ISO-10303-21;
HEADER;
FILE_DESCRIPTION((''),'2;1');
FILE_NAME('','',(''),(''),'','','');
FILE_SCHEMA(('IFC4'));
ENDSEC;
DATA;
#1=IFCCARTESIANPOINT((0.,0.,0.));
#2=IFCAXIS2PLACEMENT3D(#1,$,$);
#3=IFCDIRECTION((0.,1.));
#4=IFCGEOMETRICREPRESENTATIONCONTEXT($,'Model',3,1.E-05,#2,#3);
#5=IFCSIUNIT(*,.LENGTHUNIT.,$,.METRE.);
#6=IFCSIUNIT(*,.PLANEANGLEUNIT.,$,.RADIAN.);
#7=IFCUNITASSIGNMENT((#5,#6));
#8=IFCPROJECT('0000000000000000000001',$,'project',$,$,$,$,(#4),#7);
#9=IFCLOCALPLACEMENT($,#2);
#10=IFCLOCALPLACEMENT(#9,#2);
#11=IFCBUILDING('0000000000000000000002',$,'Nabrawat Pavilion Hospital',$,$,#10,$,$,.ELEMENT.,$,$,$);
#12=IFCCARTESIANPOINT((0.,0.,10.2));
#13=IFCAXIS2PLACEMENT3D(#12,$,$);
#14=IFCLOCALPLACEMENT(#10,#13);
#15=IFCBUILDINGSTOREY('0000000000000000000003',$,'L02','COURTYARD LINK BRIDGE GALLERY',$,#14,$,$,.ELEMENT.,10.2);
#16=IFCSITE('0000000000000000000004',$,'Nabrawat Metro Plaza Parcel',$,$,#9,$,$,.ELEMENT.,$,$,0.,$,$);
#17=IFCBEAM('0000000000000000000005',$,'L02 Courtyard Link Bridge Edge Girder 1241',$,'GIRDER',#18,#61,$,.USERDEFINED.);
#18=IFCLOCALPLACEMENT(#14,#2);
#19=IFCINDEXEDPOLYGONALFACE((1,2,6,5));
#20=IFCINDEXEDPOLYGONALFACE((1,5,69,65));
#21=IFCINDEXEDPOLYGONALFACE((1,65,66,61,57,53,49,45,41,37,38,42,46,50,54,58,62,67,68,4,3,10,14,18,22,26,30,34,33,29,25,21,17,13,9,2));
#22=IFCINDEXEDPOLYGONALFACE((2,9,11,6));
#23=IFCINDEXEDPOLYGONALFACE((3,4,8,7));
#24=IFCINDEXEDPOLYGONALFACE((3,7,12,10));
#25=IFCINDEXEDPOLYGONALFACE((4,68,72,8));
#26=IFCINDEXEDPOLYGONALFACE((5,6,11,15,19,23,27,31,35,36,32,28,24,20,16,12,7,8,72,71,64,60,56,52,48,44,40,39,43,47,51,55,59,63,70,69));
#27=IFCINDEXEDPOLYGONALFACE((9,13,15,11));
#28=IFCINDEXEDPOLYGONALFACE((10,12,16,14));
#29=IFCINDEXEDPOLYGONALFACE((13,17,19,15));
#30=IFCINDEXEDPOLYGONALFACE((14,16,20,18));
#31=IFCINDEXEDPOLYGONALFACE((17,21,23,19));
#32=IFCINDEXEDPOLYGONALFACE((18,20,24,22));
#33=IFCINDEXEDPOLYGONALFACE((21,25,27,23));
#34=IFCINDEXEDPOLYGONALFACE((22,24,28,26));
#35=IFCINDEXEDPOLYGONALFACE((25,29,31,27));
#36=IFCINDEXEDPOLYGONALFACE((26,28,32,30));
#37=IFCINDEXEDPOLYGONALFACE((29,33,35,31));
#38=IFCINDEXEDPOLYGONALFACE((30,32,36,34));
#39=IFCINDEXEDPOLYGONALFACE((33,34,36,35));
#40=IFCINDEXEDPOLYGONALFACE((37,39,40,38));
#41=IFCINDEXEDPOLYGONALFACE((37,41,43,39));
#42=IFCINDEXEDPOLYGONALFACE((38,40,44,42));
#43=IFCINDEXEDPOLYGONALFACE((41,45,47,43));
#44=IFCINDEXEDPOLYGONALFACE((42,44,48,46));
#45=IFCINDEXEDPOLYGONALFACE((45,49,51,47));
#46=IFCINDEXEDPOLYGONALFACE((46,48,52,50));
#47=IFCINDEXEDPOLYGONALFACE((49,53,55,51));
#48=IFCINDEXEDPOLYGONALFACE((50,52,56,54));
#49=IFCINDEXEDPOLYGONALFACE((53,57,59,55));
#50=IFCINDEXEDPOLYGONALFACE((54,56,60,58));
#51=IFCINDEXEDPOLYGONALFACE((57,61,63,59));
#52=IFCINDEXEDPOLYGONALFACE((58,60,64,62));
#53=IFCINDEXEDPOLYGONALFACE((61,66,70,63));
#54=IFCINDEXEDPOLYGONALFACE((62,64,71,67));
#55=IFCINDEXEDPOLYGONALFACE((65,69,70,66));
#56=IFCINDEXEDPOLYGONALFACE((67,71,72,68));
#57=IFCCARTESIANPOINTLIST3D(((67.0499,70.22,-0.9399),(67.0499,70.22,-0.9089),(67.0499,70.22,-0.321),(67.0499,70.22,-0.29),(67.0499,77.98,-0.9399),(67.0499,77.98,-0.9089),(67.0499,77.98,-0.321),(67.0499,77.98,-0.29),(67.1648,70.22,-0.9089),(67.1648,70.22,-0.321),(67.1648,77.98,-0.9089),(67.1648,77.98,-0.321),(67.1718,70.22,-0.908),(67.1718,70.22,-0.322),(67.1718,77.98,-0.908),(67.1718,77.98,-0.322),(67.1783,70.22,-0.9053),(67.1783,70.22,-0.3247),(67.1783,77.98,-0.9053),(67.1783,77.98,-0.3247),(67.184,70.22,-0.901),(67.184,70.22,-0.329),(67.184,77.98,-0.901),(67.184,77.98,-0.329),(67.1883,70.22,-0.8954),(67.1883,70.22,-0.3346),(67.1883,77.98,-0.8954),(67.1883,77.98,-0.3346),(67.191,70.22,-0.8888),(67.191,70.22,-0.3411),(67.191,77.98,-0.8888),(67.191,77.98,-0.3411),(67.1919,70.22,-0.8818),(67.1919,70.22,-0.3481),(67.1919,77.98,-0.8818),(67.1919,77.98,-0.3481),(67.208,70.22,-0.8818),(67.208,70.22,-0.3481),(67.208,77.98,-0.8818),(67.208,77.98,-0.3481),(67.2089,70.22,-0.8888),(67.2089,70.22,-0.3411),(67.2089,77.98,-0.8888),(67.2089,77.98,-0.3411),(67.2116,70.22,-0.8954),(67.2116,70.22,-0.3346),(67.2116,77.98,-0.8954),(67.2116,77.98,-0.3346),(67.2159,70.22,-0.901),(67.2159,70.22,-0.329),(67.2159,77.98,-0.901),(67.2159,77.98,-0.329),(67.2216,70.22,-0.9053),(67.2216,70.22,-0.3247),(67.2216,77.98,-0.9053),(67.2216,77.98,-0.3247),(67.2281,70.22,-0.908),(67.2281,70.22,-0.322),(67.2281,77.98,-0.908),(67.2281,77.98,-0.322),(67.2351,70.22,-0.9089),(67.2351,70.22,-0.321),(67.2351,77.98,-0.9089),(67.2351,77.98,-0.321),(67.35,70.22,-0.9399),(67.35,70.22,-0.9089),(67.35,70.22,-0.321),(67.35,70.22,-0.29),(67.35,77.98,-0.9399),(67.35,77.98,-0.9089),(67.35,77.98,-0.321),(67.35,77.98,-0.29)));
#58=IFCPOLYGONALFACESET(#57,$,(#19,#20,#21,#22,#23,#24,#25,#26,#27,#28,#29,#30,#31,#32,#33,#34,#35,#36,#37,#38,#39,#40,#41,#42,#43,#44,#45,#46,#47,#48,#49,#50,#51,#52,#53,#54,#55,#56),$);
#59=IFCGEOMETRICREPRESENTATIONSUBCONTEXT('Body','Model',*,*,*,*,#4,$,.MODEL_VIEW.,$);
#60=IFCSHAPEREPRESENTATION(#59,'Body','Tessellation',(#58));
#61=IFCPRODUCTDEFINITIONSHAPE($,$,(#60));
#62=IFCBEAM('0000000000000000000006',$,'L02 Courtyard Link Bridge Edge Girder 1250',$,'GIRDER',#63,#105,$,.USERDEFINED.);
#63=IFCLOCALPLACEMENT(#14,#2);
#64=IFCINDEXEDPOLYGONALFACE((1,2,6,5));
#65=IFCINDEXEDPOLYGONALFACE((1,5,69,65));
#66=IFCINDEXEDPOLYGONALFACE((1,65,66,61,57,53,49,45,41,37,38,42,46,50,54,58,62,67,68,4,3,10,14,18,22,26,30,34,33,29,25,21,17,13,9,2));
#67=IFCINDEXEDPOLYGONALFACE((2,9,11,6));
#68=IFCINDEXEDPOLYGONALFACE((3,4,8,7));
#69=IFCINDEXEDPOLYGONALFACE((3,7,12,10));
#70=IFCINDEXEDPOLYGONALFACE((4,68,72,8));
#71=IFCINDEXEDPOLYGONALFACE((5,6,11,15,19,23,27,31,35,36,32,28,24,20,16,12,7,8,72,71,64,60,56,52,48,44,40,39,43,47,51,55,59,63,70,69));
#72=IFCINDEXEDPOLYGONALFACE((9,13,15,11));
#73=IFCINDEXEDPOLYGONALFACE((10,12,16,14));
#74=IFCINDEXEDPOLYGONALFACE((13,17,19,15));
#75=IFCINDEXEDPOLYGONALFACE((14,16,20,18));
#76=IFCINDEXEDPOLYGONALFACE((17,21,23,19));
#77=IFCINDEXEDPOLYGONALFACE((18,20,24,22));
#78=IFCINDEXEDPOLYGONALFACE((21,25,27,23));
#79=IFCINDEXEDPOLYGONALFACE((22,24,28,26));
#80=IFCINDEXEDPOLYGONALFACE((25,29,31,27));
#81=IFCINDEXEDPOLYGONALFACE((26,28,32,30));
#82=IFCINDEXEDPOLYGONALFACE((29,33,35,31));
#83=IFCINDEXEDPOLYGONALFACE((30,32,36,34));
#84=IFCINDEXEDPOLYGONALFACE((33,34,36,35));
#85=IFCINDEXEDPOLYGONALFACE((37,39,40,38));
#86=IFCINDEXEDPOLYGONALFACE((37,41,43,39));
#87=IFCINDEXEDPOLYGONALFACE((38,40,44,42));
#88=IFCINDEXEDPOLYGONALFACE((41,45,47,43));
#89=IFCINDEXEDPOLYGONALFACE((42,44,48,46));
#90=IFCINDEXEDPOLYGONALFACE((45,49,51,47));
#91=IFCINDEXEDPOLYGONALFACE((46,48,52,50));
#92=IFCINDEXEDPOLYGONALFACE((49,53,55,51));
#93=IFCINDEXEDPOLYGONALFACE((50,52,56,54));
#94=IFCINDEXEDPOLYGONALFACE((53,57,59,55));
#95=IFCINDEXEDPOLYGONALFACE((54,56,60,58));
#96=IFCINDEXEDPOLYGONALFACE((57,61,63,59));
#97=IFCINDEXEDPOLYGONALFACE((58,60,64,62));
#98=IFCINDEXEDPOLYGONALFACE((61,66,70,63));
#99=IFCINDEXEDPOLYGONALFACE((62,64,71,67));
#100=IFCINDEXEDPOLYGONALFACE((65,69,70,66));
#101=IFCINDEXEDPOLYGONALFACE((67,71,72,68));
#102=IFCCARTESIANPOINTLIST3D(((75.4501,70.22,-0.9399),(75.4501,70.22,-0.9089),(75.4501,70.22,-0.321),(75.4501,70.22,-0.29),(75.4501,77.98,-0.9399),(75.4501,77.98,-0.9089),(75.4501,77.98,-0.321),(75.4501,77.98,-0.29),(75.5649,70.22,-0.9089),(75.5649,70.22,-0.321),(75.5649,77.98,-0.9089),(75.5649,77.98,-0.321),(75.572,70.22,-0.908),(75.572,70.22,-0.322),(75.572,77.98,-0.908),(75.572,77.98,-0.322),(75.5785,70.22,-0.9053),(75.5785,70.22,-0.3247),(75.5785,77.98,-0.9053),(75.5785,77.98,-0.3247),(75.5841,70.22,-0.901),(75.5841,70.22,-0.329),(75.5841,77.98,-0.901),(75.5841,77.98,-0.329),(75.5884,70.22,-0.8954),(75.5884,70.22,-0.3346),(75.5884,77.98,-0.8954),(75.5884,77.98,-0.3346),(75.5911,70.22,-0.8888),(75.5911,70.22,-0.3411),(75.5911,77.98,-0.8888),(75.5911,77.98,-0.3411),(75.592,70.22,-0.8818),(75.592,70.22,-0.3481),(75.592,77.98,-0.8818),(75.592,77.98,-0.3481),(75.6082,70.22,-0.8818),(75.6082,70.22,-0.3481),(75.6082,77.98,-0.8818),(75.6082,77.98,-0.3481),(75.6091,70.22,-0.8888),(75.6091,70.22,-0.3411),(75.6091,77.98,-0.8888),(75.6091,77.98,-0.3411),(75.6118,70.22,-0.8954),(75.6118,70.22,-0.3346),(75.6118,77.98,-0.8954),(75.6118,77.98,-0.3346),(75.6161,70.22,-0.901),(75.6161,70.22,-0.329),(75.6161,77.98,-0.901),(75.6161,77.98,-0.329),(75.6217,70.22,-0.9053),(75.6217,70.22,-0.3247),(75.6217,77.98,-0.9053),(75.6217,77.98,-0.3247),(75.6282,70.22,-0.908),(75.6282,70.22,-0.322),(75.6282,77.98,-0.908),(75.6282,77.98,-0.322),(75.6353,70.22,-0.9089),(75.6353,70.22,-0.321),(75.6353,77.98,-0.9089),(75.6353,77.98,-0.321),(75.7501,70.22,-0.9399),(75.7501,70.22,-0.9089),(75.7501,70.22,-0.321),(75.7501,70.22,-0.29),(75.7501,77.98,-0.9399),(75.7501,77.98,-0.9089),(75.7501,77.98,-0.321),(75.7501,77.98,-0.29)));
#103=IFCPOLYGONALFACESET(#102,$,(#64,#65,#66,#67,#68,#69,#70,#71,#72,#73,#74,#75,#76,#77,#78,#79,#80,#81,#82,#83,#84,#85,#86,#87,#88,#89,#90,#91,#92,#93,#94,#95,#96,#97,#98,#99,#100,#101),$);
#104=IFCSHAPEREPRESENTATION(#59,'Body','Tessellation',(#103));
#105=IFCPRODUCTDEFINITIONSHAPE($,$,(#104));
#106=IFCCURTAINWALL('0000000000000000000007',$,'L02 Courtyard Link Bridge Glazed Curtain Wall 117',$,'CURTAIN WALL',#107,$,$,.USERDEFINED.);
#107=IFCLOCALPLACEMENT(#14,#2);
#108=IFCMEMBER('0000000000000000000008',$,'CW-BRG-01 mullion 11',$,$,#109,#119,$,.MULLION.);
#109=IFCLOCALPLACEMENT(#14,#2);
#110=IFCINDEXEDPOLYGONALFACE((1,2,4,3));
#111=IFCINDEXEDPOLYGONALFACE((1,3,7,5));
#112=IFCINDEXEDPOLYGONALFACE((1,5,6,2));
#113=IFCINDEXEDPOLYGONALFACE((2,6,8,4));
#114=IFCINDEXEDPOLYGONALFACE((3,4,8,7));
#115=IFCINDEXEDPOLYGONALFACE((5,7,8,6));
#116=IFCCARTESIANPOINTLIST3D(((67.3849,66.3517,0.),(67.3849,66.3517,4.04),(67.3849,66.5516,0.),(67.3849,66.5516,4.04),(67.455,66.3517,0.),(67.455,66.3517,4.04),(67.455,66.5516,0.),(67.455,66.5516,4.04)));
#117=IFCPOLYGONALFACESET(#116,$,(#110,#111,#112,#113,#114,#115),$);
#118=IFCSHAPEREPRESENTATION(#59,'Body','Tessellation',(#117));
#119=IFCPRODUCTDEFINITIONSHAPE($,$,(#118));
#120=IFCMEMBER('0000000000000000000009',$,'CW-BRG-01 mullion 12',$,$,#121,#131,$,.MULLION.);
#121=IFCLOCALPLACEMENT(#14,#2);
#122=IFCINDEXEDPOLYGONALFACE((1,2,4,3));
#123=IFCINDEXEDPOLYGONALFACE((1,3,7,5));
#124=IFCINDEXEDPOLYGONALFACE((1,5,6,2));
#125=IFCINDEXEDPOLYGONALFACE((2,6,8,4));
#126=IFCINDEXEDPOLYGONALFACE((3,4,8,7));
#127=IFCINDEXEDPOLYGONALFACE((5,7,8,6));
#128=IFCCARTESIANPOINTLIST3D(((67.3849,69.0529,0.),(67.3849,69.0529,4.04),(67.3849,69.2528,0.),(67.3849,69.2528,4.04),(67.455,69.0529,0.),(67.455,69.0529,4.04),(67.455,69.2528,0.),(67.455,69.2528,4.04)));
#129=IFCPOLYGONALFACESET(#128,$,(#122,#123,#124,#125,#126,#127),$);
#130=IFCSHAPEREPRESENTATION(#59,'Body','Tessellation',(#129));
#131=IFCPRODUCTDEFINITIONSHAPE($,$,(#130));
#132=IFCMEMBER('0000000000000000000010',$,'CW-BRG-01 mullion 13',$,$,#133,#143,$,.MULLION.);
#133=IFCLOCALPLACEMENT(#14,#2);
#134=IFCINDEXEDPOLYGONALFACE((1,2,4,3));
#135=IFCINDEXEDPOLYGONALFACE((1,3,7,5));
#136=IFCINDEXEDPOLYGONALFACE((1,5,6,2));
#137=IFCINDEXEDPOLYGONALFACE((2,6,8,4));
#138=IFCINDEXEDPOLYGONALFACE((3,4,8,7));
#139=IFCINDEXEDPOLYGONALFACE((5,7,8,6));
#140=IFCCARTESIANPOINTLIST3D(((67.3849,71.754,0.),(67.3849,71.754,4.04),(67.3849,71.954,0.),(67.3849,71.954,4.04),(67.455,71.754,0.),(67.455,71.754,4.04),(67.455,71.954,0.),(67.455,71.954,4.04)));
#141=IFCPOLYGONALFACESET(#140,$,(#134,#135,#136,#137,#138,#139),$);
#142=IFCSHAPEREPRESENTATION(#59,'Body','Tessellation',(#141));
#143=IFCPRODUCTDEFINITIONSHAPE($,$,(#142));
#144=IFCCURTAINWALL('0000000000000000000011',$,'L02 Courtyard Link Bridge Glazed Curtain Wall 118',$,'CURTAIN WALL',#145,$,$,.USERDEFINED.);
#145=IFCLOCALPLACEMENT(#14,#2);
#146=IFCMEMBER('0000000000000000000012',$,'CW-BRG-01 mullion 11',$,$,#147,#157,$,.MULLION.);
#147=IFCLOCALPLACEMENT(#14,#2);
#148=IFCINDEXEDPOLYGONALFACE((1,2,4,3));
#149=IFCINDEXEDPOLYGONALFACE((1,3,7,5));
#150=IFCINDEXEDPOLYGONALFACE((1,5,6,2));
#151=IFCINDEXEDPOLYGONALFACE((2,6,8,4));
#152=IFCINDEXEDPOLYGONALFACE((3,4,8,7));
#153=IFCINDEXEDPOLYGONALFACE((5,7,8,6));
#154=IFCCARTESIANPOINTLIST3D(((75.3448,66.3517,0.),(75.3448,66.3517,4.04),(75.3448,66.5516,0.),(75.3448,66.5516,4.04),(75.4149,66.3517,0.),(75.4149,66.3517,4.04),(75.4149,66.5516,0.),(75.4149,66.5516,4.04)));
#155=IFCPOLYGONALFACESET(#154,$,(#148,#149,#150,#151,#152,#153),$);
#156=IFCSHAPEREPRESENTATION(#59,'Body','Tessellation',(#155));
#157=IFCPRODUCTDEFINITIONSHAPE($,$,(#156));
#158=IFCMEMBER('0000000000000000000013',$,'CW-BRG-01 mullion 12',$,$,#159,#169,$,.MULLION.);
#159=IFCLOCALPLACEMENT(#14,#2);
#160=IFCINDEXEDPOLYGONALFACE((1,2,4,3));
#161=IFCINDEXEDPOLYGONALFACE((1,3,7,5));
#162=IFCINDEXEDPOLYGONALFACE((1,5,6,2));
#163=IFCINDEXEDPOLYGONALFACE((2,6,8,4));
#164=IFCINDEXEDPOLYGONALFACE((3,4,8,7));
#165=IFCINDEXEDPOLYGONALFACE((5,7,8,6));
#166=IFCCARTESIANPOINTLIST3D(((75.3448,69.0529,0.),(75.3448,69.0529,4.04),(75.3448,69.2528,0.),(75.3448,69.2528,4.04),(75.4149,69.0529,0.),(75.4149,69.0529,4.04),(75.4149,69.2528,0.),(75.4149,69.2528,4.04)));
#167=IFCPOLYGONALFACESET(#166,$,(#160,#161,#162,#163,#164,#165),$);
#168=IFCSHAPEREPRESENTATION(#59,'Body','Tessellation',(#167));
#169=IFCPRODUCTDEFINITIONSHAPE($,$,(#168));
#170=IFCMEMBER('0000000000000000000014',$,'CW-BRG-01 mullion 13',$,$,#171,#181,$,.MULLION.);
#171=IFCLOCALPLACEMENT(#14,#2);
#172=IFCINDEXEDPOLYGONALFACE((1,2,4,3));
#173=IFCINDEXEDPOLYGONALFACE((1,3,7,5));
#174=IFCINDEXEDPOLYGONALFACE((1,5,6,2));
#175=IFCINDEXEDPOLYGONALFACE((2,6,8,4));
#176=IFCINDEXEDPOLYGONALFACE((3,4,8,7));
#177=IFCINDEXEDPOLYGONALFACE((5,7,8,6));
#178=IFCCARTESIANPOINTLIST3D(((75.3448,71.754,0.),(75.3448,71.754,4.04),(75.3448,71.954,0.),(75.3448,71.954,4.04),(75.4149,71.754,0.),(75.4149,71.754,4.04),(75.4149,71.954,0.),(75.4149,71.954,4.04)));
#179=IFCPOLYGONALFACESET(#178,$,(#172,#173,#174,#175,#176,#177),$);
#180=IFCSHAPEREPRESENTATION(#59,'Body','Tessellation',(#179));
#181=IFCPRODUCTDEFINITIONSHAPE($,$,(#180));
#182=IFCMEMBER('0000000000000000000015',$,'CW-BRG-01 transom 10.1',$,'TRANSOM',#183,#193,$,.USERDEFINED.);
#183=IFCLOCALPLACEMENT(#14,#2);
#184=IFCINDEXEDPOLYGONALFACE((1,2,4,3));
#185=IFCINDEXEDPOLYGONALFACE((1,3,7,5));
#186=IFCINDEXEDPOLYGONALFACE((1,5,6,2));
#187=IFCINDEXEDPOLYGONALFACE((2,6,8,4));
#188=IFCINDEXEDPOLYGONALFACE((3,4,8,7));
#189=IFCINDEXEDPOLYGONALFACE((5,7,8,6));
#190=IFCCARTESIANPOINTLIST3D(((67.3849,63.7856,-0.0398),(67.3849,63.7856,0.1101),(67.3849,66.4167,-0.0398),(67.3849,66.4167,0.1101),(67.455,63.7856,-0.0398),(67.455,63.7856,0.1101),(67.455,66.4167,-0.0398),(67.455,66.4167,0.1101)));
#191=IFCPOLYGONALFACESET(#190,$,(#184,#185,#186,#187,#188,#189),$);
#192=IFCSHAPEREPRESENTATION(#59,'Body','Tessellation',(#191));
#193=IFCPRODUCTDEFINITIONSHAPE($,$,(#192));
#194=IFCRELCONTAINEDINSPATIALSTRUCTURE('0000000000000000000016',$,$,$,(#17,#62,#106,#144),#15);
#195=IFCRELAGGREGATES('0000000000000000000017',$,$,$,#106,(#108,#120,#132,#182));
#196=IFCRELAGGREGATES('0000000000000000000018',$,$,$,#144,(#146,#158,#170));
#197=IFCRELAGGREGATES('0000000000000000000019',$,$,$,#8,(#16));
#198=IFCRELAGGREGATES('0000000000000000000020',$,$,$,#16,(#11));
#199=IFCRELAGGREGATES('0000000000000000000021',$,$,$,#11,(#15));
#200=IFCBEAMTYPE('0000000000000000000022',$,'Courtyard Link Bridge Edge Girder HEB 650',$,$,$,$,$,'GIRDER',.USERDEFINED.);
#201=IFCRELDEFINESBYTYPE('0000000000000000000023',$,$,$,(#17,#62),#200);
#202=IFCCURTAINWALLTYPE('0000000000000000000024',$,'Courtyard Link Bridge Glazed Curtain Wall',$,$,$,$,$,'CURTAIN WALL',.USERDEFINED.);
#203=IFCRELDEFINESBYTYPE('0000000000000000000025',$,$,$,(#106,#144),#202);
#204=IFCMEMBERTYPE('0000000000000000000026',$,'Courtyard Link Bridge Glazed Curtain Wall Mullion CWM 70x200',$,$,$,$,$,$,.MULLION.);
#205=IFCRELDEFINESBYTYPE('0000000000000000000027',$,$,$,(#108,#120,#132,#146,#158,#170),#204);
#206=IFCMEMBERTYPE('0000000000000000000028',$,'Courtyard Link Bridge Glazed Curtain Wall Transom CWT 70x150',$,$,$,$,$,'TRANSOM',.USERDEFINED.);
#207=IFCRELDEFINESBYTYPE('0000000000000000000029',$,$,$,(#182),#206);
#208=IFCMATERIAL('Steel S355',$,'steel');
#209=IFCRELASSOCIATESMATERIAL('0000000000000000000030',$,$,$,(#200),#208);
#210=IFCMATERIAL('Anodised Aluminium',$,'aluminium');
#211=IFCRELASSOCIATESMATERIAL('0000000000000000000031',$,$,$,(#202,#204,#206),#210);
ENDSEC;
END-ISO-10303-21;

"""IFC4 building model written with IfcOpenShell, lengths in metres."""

from ifc_helpers import new_model, si_unit, direction, frame, origin, origin_2d, place, context, subcontext, project, spatial, rectangle, i_section, extrude, material, material_profile, profile_set, type_object, element, aggregate, save


model = new_model("IFC4")

# Units and contexts
model_context = context("Model", 3, precision=1e-05, world=origin(), true_north=direction((0.0, 1.0)))
body_context = subcontext(model_context, "Body", "Model", "MODEL_VIEW")
ifc_project = project(units=[si_unit("LENGTHUNIT", "METRE"), si_unit("PLANEANGLEUNIT", "RADIAN")], contexts=[model_context])

# Site, building, storey
site_placement = place(None, origin())
site = spatial("IfcSite", under=ifc_project, at=site_placement, Name="Nabrawat Metro Plaza Parcel", CompositionType="ELEMENT", RefElevation=0.0)
building_placement = place(site_placement, origin())
building = spatial("IfcBuilding", under=site, at=building_placement, Name="Nabrawat Pavilion Hospital", CompositionType="ELEMENT")
storey_placement = place(building_placement, frame((0.0, 0.0, 10.2)))
storey = spatial("IfcBuildingStorey", under=building, at=storey_placement, Name="L02", Description="COURTYARD LINK BRIDGE GALLERY", CompositionType="ELEMENT", Elevation=10.2)

# Beams
ifc_material_1 = material(Name="Steel S355", Category="steel")
ifc_material_profile_1 = material_profile(ifc_material_1, i_section(OverallWidth=0.3, OverallDepth=0.6499, WebThickness=0.0161, FlangeThickness=0.031, FilletRadius=0.0271, at=origin_2d()), Name="HEB 650")
ifc_profile_set_1 = profile_set([ifc_material_profile_1], Name="Steel S355")
beam_type_1 = type_object("IfcBeamType", Name="Courtyard Link Bridge Edge Girder HEB 650", ElementType="GIRDER", PredefinedType="USERDEFINED", material=ifc_profile_set_1)
for number, where, z_axis, x_axis, name in (
    (1, (67.2, 70.22, -0.615), (0.0, 1.0, 0.0), (-1.0, 0.0, 0.0), "L02 Courtyard Link Bridge Edge Girder 1241"),
    (2, (75.6001, 70.22, -0.615), (0.0, 1.0, 0.0), (-1.0, 0.0, 0.0), "L02 Courtyard Link Bridge Edge Girder 1250"),
):
    element("IfcBeam", number, at=place(storey_placement, frame(where, z_axis=z_axis, x_axis=x_axis)), inside=storey, type_object=beam_type_1, Name=name, ObjectType="GIRDER", PredefinedType="USERDEFINED", context=body_context, shape_type="SweptSolid", body=[
        extrude(i_section(OverallWidth=0.3, OverallDepth=0.6499, WebThickness=0.0161, FlangeThickness=0.031, FilletRadius=0.0271, at=origin_2d()), origin(), (0.0, 0.0, 1.0), 7.76),
    ])

# Curtain walls, members
ifc_material_2 = material(Name="Anodised Aluminium", Category="aluminium")
curtain_wall_type = type_object("IfcCurtainWallType", Name="Courtyard Link Bridge Glazed Curtain Wall", ElementType="CURTAIN WALL", PredefinedType="USERDEFINED", material=ifc_material_2)
curtain_wall_1_placement = place(storey_placement, origin())
curtain_wall_1 = element("IfcCurtainWall", 3, at=curtain_wall_1_placement, inside=storey, type_object=curtain_wall_type, Name="L02 Courtyard Link Bridge Glazed Curtain Wall 117", ObjectType="CURTAIN WALL", PredefinedType="USERDEFINED")
ifc_material_profile_2 = material_profile(ifc_material_2, rectangle(XDim=0.0701, YDim=0.2, at=origin_2d()), Name="CWM 70x200")
ifc_profile_set_2 = profile_set([ifc_material_profile_2], Name="Anodised Aluminium")
member_type_1 = type_object("IfcMemberType", Name="Courtyard Link Bridge Glazed Curtain Wall Mullion CWM 70x200", PredefinedType="MULLION", material=ifc_profile_set_2)
member_1_placement = place(storey_placement, frame((67.4199, 66.4517, 0.0), z_axis=(0.0, 0.0, 1.0), x_axis=(-1.0, 0.0, 0.0)))
member_1 = element("IfcMember", 4, at=member_1_placement, type_object=member_type_1, Name="CW-BRG-01 mullion 11", PredefinedType="MULLION", context=body_context, shape_type="SweptSolid", body=[
    extrude(rectangle(XDim=0.0701, YDim=0.2, at=origin_2d()), origin(), (0.0, 0.0, 1.0), 4.04),
])
member_2_placement = place(storey_placement, frame((67.4199, 69.1528, 0.0), z_axis=(0.0, 0.0, 1.0), x_axis=(-1.0, 0.0, 0.0)))
member_2 = element("IfcMember", 5, at=member_2_placement, type_object=member_type_1, Name="CW-BRG-01 mullion 12", PredefinedType="MULLION", context=body_context, shape_type="SweptSolid", body=[
    extrude(rectangle(XDim=0.0701, YDim=0.2, at=origin_2d()), origin(), (0.0, 0.0, 1.0), 4.04),
])
member_3_placement = place(storey_placement, frame((67.4199, 71.854, 0.0), z_axis=(0.0, 0.0, 1.0), x_axis=(-1.0, 0.0, 0.0)))
member_3 = element("IfcMember", 6, at=member_3_placement, type_object=member_type_1, Name="CW-BRG-01 mullion 13", PredefinedType="MULLION", context=body_context, shape_type="SweptSolid", body=[
    extrude(rectangle(XDim=0.0701, YDim=0.2, at=origin_2d()), origin(), (0.0, 0.0, 1.0), 4.04),
])
curtain_wall_2_placement = place(storey_placement, origin())
curtain_wall_2 = element("IfcCurtainWall", 7, at=curtain_wall_2_placement, inside=storey, type_object=curtain_wall_type, Name="L02 Courtyard Link Bridge Glazed Curtain Wall 118", ObjectType="CURTAIN WALL", PredefinedType="USERDEFINED")
member_4_placement = place(storey_placement, frame((75.3799, 66.4517, 0.0), z_axis=(0.0, 0.0, 1.0), x_axis=(-1.0, 0.0, 0.0)))
member_4 = element("IfcMember", 8, at=member_4_placement, type_object=member_type_1, Name="CW-BRG-01 mullion 11", PredefinedType="MULLION", context=body_context, shape_type="SweptSolid", body=[
    extrude(rectangle(XDim=0.0701, YDim=0.2, at=origin_2d()), origin(), (0.0, 0.0, 1.0), 4.04),
])
member_5_placement = place(storey_placement, frame((75.3799, 69.1528, 0.0), z_axis=(0.0, 0.0, 1.0), x_axis=(-1.0, 0.0, 0.0)))
member_5 = element("IfcMember", 9, at=member_5_placement, type_object=member_type_1, Name="CW-BRG-01 mullion 12", PredefinedType="MULLION", context=body_context, shape_type="SweptSolid", body=[
    extrude(rectangle(XDim=0.0701, YDim=0.2, at=origin_2d()), origin(), (0.0, 0.0, 1.0), 4.04),
])
member_6_placement = place(storey_placement, frame((75.3799, 71.854, 0.0), z_axis=(0.0, 0.0, 1.0), x_axis=(-1.0, 0.0, 0.0)))
member_6 = element("IfcMember", 10, at=member_6_placement, type_object=member_type_1, Name="CW-BRG-01 mullion 13", PredefinedType="MULLION", context=body_context, shape_type="SweptSolid", body=[
    extrude(rectangle(XDim=0.0701, YDim=0.2, at=origin_2d()), origin(), (0.0, 0.0, 1.0), 4.04),
])

# Member
ifc_material_profile_3 = material_profile(ifc_material_2, rectangle(XDim=0.0701, YDim=0.1499, at=origin_2d()), Name="CWT 70x150")
ifc_profile_set_3 = profile_set([ifc_material_profile_3], Name="Anodised Aluminium")
member_type_2 = type_object("IfcMemberType", Name="Courtyard Link Bridge Glazed Curtain Wall Transom CWT 70x150", ElementType="TRANSOM", PredefinedType="USERDEFINED", material=ifc_profile_set_3)
member_7_placement = place(storey_placement, frame((67.4199, 63.7856, 0.0352), z_axis=(0.0, 1.0, 0.0), x_axis=(-1.0, 0.0, 0.0)))
member_7 = element("IfcMember", 11, at=member_7_placement, type_object=member_type_2, Name="CW-BRG-01 transom 10.1", ObjectType="TRANSOM", PredefinedType="USERDEFINED", context=body_context, shape_type="SweptSolid", body=[
    extrude(rectangle(XDim=0.0701, YDim=0.1499, at=origin_2d()), origin(), (0.0, 0.0, 1.0), 2.6311),
])

aggregate(curtain_wall_1, [member_1, member_2, member_3, member_7])
aggregate(curtain_wall_2, [member_4, member_5, member_6])

save(model, "model.ifc")
